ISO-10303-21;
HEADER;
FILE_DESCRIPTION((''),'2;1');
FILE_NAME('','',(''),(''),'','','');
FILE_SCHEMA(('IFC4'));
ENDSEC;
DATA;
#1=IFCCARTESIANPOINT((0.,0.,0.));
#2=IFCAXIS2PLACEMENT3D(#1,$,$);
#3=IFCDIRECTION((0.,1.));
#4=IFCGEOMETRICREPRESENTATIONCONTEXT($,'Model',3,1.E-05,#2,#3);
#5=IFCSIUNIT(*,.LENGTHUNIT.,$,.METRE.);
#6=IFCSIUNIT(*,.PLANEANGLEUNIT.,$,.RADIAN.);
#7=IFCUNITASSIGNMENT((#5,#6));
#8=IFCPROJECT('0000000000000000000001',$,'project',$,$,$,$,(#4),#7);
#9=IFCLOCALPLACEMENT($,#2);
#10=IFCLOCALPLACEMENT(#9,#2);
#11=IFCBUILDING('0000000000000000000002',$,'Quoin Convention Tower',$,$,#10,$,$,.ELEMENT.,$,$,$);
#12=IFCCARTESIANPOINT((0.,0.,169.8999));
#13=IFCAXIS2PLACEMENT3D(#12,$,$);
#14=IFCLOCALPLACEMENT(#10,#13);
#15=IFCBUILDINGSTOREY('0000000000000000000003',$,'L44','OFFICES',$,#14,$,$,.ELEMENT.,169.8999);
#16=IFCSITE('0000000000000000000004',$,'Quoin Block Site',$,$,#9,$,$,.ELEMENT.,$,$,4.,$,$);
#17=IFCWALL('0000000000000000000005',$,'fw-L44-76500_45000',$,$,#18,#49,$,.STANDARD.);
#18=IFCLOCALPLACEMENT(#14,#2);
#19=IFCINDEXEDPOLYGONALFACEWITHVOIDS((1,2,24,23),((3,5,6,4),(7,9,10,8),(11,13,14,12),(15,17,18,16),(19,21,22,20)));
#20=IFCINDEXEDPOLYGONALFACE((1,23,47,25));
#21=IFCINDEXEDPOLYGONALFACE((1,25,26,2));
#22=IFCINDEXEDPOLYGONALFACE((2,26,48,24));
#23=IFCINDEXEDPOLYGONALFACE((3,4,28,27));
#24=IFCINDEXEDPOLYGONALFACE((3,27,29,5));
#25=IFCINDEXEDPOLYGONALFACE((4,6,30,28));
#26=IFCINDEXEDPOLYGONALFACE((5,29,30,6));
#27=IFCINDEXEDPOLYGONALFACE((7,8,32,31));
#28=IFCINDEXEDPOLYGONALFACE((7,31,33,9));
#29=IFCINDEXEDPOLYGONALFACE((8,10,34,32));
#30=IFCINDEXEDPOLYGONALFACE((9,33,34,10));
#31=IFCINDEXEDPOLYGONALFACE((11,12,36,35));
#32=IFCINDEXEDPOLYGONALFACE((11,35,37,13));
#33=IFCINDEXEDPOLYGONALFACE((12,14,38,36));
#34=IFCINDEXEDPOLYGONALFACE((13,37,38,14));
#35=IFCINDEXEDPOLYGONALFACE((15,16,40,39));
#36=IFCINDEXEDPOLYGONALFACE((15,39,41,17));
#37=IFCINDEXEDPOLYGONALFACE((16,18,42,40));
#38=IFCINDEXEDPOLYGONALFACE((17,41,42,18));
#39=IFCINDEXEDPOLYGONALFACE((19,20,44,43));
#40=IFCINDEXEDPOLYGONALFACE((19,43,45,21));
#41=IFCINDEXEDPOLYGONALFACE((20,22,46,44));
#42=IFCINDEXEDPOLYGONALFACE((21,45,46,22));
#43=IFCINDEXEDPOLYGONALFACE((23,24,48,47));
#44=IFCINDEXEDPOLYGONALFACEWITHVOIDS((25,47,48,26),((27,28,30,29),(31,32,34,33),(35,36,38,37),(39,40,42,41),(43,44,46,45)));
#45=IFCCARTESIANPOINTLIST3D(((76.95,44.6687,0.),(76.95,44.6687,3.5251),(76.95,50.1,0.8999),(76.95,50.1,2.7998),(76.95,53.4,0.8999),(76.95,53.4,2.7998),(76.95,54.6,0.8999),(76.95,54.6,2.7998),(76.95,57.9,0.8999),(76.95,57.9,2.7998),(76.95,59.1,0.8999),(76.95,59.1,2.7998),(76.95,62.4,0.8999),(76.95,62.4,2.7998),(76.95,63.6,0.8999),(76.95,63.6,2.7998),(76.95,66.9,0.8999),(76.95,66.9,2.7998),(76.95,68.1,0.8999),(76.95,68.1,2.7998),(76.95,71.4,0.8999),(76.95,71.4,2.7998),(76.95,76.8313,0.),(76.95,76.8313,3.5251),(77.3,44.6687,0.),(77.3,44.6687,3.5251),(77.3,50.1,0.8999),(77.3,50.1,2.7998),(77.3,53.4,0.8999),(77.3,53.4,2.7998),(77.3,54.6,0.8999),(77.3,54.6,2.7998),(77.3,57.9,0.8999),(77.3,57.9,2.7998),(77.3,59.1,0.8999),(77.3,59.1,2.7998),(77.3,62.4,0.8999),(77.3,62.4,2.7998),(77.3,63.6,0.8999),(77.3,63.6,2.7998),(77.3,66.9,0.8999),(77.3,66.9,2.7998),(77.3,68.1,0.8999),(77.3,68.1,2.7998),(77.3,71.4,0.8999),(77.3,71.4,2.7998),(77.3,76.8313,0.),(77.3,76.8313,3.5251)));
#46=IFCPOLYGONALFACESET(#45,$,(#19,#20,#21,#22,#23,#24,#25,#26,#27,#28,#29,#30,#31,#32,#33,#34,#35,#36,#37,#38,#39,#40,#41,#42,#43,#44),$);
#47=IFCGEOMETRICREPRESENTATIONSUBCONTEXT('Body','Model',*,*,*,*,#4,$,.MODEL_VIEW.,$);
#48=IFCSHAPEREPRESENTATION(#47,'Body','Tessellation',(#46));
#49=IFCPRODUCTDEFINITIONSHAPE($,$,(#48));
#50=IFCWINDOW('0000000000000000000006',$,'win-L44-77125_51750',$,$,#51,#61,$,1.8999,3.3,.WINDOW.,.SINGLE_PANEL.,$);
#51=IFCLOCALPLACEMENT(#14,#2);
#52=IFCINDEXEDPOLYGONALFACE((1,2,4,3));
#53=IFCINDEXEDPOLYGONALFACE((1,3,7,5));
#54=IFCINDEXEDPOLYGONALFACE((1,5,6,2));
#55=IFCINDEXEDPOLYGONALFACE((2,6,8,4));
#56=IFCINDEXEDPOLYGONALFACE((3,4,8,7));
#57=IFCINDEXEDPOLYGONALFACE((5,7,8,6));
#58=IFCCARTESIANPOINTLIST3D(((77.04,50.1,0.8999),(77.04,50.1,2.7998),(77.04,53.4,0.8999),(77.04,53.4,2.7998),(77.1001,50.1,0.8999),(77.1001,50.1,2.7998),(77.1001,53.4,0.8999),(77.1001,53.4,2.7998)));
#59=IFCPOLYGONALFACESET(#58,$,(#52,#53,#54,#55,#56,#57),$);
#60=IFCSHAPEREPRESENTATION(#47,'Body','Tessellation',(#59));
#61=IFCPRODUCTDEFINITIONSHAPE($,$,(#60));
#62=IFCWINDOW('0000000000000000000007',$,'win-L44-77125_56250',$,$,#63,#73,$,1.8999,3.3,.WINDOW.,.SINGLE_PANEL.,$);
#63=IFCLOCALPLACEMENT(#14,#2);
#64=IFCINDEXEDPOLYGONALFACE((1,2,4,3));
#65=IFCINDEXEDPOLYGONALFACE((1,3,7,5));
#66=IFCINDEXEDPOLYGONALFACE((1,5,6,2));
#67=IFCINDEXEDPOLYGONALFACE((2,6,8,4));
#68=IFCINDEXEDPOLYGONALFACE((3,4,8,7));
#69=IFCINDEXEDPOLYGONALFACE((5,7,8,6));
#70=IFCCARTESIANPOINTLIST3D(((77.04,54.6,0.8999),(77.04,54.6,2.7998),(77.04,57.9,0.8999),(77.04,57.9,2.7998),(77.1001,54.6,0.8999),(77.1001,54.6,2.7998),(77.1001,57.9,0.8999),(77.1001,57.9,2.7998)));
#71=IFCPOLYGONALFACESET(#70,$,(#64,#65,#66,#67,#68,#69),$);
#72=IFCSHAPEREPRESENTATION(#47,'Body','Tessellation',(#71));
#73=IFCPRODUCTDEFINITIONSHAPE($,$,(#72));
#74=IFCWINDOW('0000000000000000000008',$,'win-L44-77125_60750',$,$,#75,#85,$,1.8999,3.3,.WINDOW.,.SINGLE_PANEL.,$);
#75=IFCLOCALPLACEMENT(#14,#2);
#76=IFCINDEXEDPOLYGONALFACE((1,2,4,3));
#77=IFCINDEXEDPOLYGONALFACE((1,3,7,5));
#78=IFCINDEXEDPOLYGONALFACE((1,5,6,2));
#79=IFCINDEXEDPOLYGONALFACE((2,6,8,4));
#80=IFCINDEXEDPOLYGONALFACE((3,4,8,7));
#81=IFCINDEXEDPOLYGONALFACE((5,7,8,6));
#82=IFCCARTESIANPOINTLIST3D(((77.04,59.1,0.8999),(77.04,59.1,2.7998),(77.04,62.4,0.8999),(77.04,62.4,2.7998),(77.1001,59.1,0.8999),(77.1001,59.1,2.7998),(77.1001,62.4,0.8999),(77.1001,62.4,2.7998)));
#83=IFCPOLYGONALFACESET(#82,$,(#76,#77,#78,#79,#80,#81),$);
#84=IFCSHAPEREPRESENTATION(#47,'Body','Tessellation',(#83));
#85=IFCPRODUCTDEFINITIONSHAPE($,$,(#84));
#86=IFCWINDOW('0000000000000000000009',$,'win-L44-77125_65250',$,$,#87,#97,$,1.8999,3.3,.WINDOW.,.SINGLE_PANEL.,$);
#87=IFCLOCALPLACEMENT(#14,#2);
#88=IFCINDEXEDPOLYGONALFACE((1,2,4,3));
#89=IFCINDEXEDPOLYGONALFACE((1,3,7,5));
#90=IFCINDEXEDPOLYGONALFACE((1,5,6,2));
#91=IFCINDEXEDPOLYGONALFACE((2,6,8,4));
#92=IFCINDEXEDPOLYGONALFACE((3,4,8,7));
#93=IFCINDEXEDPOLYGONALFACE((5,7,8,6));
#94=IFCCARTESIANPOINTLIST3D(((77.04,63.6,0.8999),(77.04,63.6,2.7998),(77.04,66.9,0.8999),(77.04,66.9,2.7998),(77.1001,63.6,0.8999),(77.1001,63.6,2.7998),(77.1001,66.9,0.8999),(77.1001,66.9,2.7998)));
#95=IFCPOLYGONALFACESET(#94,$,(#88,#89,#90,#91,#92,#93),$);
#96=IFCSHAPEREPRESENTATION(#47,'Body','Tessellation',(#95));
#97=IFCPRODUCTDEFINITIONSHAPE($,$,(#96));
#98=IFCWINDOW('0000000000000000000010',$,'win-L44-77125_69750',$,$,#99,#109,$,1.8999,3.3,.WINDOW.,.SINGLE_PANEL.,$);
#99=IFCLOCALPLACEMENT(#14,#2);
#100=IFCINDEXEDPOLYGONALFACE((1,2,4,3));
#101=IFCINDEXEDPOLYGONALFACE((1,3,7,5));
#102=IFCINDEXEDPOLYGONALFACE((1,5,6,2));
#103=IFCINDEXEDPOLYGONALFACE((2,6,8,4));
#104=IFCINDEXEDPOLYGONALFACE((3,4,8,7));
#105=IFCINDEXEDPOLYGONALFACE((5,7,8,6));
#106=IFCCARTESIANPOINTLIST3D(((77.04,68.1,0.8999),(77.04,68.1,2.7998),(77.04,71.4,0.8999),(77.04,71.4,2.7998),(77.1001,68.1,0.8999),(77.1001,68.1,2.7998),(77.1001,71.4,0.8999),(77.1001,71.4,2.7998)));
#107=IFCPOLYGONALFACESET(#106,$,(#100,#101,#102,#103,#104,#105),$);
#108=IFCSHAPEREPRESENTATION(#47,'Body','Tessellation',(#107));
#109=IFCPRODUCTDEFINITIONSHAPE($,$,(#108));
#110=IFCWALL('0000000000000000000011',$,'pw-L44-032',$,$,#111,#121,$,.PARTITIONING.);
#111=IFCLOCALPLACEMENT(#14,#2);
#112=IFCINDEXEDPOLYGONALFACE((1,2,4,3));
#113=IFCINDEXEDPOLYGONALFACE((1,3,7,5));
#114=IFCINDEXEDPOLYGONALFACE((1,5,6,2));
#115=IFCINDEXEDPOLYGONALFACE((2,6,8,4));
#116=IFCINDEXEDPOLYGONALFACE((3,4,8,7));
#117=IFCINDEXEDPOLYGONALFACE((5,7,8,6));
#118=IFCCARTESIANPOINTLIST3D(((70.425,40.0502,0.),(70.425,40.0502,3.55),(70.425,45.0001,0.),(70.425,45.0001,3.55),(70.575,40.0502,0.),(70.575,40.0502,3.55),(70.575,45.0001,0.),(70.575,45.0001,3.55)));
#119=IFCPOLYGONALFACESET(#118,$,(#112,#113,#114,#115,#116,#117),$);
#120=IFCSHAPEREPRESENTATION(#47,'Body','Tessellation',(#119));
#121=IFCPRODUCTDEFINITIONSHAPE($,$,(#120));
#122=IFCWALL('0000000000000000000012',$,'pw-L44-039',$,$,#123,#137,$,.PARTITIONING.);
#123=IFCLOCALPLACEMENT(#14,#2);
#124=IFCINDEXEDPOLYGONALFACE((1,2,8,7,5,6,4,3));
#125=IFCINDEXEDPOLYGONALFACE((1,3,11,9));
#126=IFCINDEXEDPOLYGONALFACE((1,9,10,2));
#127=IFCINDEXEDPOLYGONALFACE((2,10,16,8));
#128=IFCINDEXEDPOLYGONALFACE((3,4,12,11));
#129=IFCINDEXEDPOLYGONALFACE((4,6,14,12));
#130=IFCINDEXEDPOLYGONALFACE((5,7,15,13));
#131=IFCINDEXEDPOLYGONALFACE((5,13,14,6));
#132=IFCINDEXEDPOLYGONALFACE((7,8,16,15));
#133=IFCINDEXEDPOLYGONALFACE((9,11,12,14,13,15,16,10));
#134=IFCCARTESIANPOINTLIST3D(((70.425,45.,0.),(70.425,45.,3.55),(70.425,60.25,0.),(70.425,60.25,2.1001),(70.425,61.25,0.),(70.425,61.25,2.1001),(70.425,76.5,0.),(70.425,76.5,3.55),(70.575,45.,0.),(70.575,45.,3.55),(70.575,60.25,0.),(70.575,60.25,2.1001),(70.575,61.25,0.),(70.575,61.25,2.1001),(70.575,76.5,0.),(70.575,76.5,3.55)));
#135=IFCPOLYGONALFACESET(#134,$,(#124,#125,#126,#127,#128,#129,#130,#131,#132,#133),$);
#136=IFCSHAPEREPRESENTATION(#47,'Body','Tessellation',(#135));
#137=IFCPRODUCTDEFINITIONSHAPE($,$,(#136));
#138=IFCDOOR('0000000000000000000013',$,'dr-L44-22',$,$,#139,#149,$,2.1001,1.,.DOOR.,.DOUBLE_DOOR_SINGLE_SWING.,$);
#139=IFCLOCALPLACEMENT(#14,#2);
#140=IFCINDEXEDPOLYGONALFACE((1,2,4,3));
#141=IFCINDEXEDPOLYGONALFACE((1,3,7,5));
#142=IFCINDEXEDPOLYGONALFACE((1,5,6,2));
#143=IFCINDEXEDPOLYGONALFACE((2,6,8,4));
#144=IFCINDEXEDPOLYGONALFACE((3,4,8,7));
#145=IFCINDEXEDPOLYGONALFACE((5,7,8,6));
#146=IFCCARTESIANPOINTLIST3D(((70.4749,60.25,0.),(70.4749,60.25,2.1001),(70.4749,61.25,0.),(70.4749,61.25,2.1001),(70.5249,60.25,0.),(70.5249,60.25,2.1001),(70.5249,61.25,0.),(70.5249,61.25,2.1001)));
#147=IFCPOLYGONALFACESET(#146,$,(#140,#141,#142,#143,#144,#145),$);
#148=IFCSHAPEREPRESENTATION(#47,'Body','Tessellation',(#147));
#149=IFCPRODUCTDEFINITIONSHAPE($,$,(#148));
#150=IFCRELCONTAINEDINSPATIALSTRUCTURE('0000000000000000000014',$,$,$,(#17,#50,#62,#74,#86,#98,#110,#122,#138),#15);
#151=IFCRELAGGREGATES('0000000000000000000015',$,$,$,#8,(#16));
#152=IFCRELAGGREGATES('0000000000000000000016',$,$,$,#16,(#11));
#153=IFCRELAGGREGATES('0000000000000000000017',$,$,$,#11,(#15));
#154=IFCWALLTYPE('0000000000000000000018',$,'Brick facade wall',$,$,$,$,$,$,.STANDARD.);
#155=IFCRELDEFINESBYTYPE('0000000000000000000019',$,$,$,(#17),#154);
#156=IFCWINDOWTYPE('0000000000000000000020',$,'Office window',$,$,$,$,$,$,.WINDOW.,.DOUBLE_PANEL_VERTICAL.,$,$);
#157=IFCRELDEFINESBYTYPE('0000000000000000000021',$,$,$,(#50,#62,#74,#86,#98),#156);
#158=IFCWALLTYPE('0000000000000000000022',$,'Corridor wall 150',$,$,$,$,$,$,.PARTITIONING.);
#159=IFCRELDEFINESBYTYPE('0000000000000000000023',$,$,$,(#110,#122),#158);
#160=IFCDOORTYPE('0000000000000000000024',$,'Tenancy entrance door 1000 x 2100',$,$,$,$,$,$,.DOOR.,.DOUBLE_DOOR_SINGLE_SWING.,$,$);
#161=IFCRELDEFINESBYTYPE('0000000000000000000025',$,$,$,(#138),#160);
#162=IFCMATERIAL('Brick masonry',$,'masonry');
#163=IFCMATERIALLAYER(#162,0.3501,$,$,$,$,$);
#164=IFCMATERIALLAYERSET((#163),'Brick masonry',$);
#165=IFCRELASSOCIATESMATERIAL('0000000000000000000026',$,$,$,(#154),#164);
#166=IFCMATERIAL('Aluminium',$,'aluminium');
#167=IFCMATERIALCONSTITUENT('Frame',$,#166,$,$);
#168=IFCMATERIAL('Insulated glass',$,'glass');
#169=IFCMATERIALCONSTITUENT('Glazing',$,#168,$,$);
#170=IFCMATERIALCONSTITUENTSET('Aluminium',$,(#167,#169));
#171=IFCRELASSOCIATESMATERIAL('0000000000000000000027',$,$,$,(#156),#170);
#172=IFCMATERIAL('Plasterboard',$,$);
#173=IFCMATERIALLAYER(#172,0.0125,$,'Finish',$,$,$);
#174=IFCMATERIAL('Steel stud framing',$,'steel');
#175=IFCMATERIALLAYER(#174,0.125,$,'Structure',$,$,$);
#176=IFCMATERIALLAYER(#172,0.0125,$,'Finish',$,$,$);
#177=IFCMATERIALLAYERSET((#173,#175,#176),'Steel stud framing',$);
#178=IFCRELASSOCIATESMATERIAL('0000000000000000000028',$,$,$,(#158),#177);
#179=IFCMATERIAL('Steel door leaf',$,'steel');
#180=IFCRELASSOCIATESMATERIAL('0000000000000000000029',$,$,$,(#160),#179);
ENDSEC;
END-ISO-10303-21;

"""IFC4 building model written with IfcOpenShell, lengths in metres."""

from ifc_helpers import new_model, si_unit, direction, frame, frame_2d, origin, place, context, subcontext, project, spatial, rectangle, extrude, material, layer, layer_set, constituent, constituent_set, type_object, element, fill, save


model = new_model("IFC4")

# Units and contexts
model_context = context("Model", 3, precision=1e-05, world=origin(), true_north=direction((0.0, 1.0)))
body_context = subcontext(model_context, "Body", "Model", "MODEL_VIEW")
ifc_project = project(units=[si_unit("LENGTHUNIT", "METRE"), si_unit("PLANEANGLEUNIT", "RADIAN")], contexts=[model_context])

# Site, building, storey
site_placement = place(None, origin())
site = spatial("IfcSite", under=ifc_project, at=site_placement, Name="Quoin Block Site", CompositionType="ELEMENT", RefElevation=4.0)
building_placement = place(site_placement, origin())
building = spatial("IfcBuilding", under=site, at=building_placement, Name="Quoin Convention Tower", CompositionType="ELEMENT")
storey_placement = place(building_placement, frame((0.0, 0.0, 169.8999)))
storey = spatial("IfcBuildingStorey", under=building, at=storey_placement, Name="L44", Description="OFFICES", CompositionType="ELEMENT", Elevation=169.8999)

# Shared definitions
ifc_material_1 = material(Name="Brick masonry", Category="masonry")
ifc_layer_1 = layer(ifc_material_1, 0.3501)
ifc_layer_set_1 = layer_set([ifc_layer_1], Name="Brick masonry")
wall_type_1 = type_object("IfcWallType", Name="Brick facade wall", PredefinedType="STANDARD", material=ifc_layer_set_1)
ifc_material_2 = material(Name="Aluminium", Category="aluminium")
ifc_constituent_1 = constituent(ifc_material_2, Name="Frame")
ifc_material_3 = material(Name="Insulated glass", Category="glass")
ifc_constituent_2 = constituent(ifc_material_3, Name="Glazing")
ifc_constituent_set = constituent_set(constituents=[ifc_constituent_1, ifc_constituent_2], Name="Aluminium")
window_type = type_object("IfcWindowType", Name="Office window", PartitioningType="DOUBLE_PANEL_VERTICAL", PredefinedType="WINDOW", material=ifc_constituent_set)

# Wall, openings, windows
wall_1_placement = place(storey_placement, frame((77.125, 44.6687, 0.0), z_axis=(0.0, 0.0, 1.0), x_axis=(0.0, 1.0, 0.0)))
wall_1 = element("IfcWall", 1, at=wall_1_placement, inside=storey, type_object=wall_type_1, Name="fw-L44-76500_45000", PredefinedType="STANDARD", context=body_context, shape_type="SweptSolid", body=[
    extrude(rectangle(XDim=32.1626, YDim=0.3501, at=frame_2d((16.0813, 0.0))), origin(), (0.0, 0.0, 1.0), 3.5251),
])
opening_1_placement = place(wall_1_placement, frame((5.4314, 0.0, 0.8999)))
opening_1 = element("IfcOpeningElement", 2, at=opening_1_placement, cuts=wall_1, PredefinedType="OPENING", context=body_context, shape_type="SweptSolid", body=[
    extrude(rectangle(XDim=3.3, YDim=1.8999, at=frame_2d((1.6499, 0.95))), frame((0.0, 0.1851, 0.0), z_axis=(0.0, -1.0, 0.0), x_axis=(1.0, 0.0, 0.0)), (0.0, 0.0, 1.0), 0.3701),
])
opening_2_placement = place(wall_1_placement, frame((9.9314, 0.0, 0.8999)))
opening_2 = element("IfcOpeningElement", 3, at=opening_2_placement, cuts=wall_1, PredefinedType="OPENING", context=body_context, shape_type="SweptSolid", body=[
    extrude(rectangle(XDim=3.3, YDim=1.8999, at=frame_2d((1.6499, 0.95))), frame((0.0, 0.1851, 0.0), z_axis=(0.0, -1.0, 0.0), x_axis=(1.0, 0.0, 0.0)), (0.0, 0.0, 1.0), 0.3701),
])
opening_3_placement = place(wall_1_placement, frame((14.4314, 0.0, 0.8999)))
opening_3 = element("IfcOpeningElement", 4, at=opening_3_placement, cuts=wall_1, PredefinedType="OPENING", context=body_context, shape_type="SweptSolid", body=[
    extrude(rectangle(XDim=3.3, YDim=1.8999, at=frame_2d((1.6499, 0.95))), frame((0.0, 0.1851, 0.0), z_axis=(0.0, -1.0, 0.0), x_axis=(1.0, 0.0, 0.0)), (0.0, 0.0, 1.0), 0.3701),
])
opening_4_placement = place(wall_1_placement, frame((18.9314, 0.0, 0.8999)))
opening_4 = element("IfcOpeningElement", 5, at=opening_4_placement, cuts=wall_1, PredefinedType="OPENING", context=body_context, shape_type="SweptSolid", body=[
    extrude(rectangle(XDim=3.3, YDim=1.8999, at=frame_2d((1.6499, 0.95))), frame((0.0, 0.1851, 0.0), z_axis=(0.0, -1.0, 0.0), x_axis=(1.0, 0.0, 0.0)), (0.0, 0.0, 1.0), 0.3701),
])
opening_5_placement = place(wall_1_placement, frame((23.4314, 0.0, 0.8999)))
opening_5 = element("IfcOpeningElement", 6, at=opening_5_placement, cuts=wall_1, PredefinedType="OPENING", context=body_context, shape_type="SweptSolid", body=[
    extrude(rectangle(XDim=3.3, YDim=1.8999, at=frame_2d((1.6499, 0.95))), frame((0.0, 0.1851, 0.0), z_axis=(0.0, -1.0, 0.0), x_axis=(1.0, 0.0, 0.0)), (0.0, 0.0, 1.0), 0.3701),
])
window_1_placement = place(opening_1_placement, origin())
window_1 = element("IfcWindow", 7, at=window_1_placement, inside=storey, type_object=window_type, Name="win-L44-77125_51750", OverallHeight=1.8999, OverallWidth=3.3, PartitioningType="SINGLE_PANEL", PredefinedType="WINDOW", context=body_context, shape_type="SweptSolid", body=[
    extrude(rectangle(XDim=3.3, YDim=1.8999, at=frame_2d((1.6499, 0.95))), frame((0.0, 0.085, 0.0), z_axis=(0.0, -1.0, 0.0), x_axis=(1.0, 0.0, 0.0)), (0.0, 0.0, 1.0), 0.0601),
])
fill(opening_1, window_1)
window_2_placement = place(opening_2_placement, origin())
window_2 = element("IfcWindow", 8, at=window_2_placement, inside=storey, type_object=window_type, Name="win-L44-77125_56250", OverallHeight=1.8999, OverallWidth=3.3, PartitioningType="SINGLE_PANEL", PredefinedType="WINDOW", context=body_context, shape_type="SweptSolid", body=[
    extrude(rectangle(XDim=3.3, YDim=1.8999, at=frame_2d((1.6499, 0.95))), frame((0.0, 0.085, 0.0), z_axis=(0.0, -1.0, 0.0), x_axis=(1.0, 0.0, 0.0)), (0.0, 0.0, 1.0), 0.0601),
])
fill(opening_2, window_2)
window_3_placement = place(opening_3_placement, origin())
window_3 = element("IfcWindow", 9, at=window_3_placement, inside=storey, type_object=window_type, Name="win-L44-77125_60750", OverallHeight=1.8999, OverallWidth=3.3, PartitioningType="SINGLE_PANEL", PredefinedType="WINDOW", context=body_context, shape_type="SweptSolid", body=[
    extrude(rectangle(XDim=3.3, YDim=1.8999, at=frame_2d((1.6499, 0.95))), frame((0.0, 0.085, 0.0), z_axis=(0.0, -1.0, 0.0), x_axis=(1.0, 0.0, 0.0)), (0.0, 0.0, 1.0), 0.0601),
])
fill(opening_3, window_3)
window_4_placement = place(opening_4_placement, origin())
window_4 = element("IfcWindow", 10, at=window_4_placement, inside=storey, type_object=window_type, Name="win-L44-77125_65250", OverallHeight=1.8999, OverallWidth=3.3, PartitioningType="SINGLE_PANEL", PredefinedType="WINDOW", context=body_context, shape_type="SweptSolid", body=[
    extrude(rectangle(XDim=3.3, YDim=1.8999, at=frame_2d((1.6499, 0.95))), frame((0.0, 0.085, 0.0), z_axis=(0.0, -1.0, 0.0), x_axis=(1.0, 0.0, 0.0)), (0.0, 0.0, 1.0), 0.0601),
])
fill(opening_4, window_4)
window_5_placement = place(opening_5_placement, origin())
window_5 = element("IfcWindow", 11, at=window_5_placement, inside=storey, type_object=window_type, Name="win-L44-77125_69750", OverallHeight=1.8999, OverallWidth=3.3, PartitioningType="SINGLE_PANEL", PredefinedType="WINDOW", context=body_context, shape_type="SweptSolid", body=[
    extrude(rectangle(XDim=3.3, YDim=1.8999, at=frame_2d((1.6499, 0.95))), frame((0.0, 0.085, 0.0), z_axis=(0.0, -1.0, 0.0), x_axis=(1.0, 0.0, 0.0)), (0.0, 0.0, 1.0), 0.0601),
])
fill(opening_5, window_5)

# Wall
ifc_material_4 = material(Name="Plasterboard")
ifc_layer_2 = layer(ifc_material_4, 0.0125, Name="Finish")
ifc_material_5 = material(Name="Steel stud framing", Category="steel")
ifc_layer_3 = layer(ifc_material_5, 0.125, Name="Structure")
ifc_layer_4 = layer(ifc_material_4, 0.0125, Name="Finish")
ifc_layer_set_2 = layer_set([ifc_layer_2, ifc_layer_3, ifc_layer_4], Name="Steel stud framing")
wall_type_2 = type_object("IfcWallType", Name="Corridor wall 150", PredefinedType="PARTITIONING", material=ifc_layer_set_2)
wall_2_placement = place(storey_placement, frame((70.5, 40.05, 0.0), z_axis=(0.0, 0.0, 1.0), x_axis=(0.0, 1.0, 0.0)))
element("IfcWall", 12, at=wall_2_placement, inside=storey, type_object=wall_type_2, Name="pw-L44-032", PredefinedType="PARTITIONING", context=body_context, shape_type="SweptSolid", body=[
    extrude(rectangle(XDim=4.95, YDim=0.1499, at=frame_2d((2.4751, 0.0))), origin(), (0.0, 0.0, 1.0), 3.55),
])

# Wall, opening, door
wall_3_placement = place(storey_placement, frame((70.5, 45.0, 0.0), z_axis=(0.0, 0.0, 1.0), x_axis=(0.0, 1.0, 0.0)))
wall_3 = element("IfcWall", 13, at=wall_3_placement, inside=storey, type_object=wall_type_2, Name="pw-L44-039", PredefinedType="PARTITIONING", context=body_context, shape_type="SweptSolid", body=[
    extrude(rectangle(XDim=31.5, YDim=0.1499, at=frame_2d((15.75, 0.0))), origin(), (0.0, 0.0, 1.0), 3.55),
])
opening_6_placement = place(wall_3_placement, frame((15.25, 0.0, 0.0)))
opening_6 = element("IfcOpeningElement", 14, at=opening_6_placement, cuts=wall_3, PredefinedType="OPENING", context=body_context, shape_type="SweptSolid", body=[
    extrude(rectangle(XDim=1.0, YDim=2.1001, at=frame_2d((0.5, 1.05))), frame((0.0, 0.085, 0.0), z_axis=(0.0, -1.0, 0.0), x_axis=(1.0, 0.0, 0.0)), (0.0, 0.0, 1.0), 0.1699),
])
ifc_material_6 = material(Name="Steel door leaf", Category="steel")
door_type_1 = type_object("IfcDoorType", Name="Tenancy entrance door 1000 x 2100", OperationType="DOUBLE_DOOR_SINGLE_SWING", PredefinedType="DOOR", material=ifc_material_6)
door_1_placement = place(opening_6_placement, frame((1.0, 0.0, 0.0), z_axis=(0.0, 0.0, 1.0), x_axis=(-1.0, 0.0, 0.0)))
door_1 = element("IfcDoor", 15, at=door_1_placement, inside=storey, type_object=door_type_1, Name="dr-L44-22", OperationType="DOUBLE_DOOR_SINGLE_SWING", OverallHeight=2.1001, OverallWidth=1.0, PredefinedType="DOOR", context=body_context, shape_type="SweptSolid", body=[
    extrude(rectangle(XDim=1.0, YDim=2.1001, at=frame_2d((0.5, 1.05))), frame((0.0, 0.0249, 0.0), z_axis=(0.0, -1.0, 0.0), x_axis=(1.0, 0.0, 0.0)), (0.0, 0.0, 1.0), 0.05),
])
fill(opening_6, door_1)

save(model, "model.ifc")
